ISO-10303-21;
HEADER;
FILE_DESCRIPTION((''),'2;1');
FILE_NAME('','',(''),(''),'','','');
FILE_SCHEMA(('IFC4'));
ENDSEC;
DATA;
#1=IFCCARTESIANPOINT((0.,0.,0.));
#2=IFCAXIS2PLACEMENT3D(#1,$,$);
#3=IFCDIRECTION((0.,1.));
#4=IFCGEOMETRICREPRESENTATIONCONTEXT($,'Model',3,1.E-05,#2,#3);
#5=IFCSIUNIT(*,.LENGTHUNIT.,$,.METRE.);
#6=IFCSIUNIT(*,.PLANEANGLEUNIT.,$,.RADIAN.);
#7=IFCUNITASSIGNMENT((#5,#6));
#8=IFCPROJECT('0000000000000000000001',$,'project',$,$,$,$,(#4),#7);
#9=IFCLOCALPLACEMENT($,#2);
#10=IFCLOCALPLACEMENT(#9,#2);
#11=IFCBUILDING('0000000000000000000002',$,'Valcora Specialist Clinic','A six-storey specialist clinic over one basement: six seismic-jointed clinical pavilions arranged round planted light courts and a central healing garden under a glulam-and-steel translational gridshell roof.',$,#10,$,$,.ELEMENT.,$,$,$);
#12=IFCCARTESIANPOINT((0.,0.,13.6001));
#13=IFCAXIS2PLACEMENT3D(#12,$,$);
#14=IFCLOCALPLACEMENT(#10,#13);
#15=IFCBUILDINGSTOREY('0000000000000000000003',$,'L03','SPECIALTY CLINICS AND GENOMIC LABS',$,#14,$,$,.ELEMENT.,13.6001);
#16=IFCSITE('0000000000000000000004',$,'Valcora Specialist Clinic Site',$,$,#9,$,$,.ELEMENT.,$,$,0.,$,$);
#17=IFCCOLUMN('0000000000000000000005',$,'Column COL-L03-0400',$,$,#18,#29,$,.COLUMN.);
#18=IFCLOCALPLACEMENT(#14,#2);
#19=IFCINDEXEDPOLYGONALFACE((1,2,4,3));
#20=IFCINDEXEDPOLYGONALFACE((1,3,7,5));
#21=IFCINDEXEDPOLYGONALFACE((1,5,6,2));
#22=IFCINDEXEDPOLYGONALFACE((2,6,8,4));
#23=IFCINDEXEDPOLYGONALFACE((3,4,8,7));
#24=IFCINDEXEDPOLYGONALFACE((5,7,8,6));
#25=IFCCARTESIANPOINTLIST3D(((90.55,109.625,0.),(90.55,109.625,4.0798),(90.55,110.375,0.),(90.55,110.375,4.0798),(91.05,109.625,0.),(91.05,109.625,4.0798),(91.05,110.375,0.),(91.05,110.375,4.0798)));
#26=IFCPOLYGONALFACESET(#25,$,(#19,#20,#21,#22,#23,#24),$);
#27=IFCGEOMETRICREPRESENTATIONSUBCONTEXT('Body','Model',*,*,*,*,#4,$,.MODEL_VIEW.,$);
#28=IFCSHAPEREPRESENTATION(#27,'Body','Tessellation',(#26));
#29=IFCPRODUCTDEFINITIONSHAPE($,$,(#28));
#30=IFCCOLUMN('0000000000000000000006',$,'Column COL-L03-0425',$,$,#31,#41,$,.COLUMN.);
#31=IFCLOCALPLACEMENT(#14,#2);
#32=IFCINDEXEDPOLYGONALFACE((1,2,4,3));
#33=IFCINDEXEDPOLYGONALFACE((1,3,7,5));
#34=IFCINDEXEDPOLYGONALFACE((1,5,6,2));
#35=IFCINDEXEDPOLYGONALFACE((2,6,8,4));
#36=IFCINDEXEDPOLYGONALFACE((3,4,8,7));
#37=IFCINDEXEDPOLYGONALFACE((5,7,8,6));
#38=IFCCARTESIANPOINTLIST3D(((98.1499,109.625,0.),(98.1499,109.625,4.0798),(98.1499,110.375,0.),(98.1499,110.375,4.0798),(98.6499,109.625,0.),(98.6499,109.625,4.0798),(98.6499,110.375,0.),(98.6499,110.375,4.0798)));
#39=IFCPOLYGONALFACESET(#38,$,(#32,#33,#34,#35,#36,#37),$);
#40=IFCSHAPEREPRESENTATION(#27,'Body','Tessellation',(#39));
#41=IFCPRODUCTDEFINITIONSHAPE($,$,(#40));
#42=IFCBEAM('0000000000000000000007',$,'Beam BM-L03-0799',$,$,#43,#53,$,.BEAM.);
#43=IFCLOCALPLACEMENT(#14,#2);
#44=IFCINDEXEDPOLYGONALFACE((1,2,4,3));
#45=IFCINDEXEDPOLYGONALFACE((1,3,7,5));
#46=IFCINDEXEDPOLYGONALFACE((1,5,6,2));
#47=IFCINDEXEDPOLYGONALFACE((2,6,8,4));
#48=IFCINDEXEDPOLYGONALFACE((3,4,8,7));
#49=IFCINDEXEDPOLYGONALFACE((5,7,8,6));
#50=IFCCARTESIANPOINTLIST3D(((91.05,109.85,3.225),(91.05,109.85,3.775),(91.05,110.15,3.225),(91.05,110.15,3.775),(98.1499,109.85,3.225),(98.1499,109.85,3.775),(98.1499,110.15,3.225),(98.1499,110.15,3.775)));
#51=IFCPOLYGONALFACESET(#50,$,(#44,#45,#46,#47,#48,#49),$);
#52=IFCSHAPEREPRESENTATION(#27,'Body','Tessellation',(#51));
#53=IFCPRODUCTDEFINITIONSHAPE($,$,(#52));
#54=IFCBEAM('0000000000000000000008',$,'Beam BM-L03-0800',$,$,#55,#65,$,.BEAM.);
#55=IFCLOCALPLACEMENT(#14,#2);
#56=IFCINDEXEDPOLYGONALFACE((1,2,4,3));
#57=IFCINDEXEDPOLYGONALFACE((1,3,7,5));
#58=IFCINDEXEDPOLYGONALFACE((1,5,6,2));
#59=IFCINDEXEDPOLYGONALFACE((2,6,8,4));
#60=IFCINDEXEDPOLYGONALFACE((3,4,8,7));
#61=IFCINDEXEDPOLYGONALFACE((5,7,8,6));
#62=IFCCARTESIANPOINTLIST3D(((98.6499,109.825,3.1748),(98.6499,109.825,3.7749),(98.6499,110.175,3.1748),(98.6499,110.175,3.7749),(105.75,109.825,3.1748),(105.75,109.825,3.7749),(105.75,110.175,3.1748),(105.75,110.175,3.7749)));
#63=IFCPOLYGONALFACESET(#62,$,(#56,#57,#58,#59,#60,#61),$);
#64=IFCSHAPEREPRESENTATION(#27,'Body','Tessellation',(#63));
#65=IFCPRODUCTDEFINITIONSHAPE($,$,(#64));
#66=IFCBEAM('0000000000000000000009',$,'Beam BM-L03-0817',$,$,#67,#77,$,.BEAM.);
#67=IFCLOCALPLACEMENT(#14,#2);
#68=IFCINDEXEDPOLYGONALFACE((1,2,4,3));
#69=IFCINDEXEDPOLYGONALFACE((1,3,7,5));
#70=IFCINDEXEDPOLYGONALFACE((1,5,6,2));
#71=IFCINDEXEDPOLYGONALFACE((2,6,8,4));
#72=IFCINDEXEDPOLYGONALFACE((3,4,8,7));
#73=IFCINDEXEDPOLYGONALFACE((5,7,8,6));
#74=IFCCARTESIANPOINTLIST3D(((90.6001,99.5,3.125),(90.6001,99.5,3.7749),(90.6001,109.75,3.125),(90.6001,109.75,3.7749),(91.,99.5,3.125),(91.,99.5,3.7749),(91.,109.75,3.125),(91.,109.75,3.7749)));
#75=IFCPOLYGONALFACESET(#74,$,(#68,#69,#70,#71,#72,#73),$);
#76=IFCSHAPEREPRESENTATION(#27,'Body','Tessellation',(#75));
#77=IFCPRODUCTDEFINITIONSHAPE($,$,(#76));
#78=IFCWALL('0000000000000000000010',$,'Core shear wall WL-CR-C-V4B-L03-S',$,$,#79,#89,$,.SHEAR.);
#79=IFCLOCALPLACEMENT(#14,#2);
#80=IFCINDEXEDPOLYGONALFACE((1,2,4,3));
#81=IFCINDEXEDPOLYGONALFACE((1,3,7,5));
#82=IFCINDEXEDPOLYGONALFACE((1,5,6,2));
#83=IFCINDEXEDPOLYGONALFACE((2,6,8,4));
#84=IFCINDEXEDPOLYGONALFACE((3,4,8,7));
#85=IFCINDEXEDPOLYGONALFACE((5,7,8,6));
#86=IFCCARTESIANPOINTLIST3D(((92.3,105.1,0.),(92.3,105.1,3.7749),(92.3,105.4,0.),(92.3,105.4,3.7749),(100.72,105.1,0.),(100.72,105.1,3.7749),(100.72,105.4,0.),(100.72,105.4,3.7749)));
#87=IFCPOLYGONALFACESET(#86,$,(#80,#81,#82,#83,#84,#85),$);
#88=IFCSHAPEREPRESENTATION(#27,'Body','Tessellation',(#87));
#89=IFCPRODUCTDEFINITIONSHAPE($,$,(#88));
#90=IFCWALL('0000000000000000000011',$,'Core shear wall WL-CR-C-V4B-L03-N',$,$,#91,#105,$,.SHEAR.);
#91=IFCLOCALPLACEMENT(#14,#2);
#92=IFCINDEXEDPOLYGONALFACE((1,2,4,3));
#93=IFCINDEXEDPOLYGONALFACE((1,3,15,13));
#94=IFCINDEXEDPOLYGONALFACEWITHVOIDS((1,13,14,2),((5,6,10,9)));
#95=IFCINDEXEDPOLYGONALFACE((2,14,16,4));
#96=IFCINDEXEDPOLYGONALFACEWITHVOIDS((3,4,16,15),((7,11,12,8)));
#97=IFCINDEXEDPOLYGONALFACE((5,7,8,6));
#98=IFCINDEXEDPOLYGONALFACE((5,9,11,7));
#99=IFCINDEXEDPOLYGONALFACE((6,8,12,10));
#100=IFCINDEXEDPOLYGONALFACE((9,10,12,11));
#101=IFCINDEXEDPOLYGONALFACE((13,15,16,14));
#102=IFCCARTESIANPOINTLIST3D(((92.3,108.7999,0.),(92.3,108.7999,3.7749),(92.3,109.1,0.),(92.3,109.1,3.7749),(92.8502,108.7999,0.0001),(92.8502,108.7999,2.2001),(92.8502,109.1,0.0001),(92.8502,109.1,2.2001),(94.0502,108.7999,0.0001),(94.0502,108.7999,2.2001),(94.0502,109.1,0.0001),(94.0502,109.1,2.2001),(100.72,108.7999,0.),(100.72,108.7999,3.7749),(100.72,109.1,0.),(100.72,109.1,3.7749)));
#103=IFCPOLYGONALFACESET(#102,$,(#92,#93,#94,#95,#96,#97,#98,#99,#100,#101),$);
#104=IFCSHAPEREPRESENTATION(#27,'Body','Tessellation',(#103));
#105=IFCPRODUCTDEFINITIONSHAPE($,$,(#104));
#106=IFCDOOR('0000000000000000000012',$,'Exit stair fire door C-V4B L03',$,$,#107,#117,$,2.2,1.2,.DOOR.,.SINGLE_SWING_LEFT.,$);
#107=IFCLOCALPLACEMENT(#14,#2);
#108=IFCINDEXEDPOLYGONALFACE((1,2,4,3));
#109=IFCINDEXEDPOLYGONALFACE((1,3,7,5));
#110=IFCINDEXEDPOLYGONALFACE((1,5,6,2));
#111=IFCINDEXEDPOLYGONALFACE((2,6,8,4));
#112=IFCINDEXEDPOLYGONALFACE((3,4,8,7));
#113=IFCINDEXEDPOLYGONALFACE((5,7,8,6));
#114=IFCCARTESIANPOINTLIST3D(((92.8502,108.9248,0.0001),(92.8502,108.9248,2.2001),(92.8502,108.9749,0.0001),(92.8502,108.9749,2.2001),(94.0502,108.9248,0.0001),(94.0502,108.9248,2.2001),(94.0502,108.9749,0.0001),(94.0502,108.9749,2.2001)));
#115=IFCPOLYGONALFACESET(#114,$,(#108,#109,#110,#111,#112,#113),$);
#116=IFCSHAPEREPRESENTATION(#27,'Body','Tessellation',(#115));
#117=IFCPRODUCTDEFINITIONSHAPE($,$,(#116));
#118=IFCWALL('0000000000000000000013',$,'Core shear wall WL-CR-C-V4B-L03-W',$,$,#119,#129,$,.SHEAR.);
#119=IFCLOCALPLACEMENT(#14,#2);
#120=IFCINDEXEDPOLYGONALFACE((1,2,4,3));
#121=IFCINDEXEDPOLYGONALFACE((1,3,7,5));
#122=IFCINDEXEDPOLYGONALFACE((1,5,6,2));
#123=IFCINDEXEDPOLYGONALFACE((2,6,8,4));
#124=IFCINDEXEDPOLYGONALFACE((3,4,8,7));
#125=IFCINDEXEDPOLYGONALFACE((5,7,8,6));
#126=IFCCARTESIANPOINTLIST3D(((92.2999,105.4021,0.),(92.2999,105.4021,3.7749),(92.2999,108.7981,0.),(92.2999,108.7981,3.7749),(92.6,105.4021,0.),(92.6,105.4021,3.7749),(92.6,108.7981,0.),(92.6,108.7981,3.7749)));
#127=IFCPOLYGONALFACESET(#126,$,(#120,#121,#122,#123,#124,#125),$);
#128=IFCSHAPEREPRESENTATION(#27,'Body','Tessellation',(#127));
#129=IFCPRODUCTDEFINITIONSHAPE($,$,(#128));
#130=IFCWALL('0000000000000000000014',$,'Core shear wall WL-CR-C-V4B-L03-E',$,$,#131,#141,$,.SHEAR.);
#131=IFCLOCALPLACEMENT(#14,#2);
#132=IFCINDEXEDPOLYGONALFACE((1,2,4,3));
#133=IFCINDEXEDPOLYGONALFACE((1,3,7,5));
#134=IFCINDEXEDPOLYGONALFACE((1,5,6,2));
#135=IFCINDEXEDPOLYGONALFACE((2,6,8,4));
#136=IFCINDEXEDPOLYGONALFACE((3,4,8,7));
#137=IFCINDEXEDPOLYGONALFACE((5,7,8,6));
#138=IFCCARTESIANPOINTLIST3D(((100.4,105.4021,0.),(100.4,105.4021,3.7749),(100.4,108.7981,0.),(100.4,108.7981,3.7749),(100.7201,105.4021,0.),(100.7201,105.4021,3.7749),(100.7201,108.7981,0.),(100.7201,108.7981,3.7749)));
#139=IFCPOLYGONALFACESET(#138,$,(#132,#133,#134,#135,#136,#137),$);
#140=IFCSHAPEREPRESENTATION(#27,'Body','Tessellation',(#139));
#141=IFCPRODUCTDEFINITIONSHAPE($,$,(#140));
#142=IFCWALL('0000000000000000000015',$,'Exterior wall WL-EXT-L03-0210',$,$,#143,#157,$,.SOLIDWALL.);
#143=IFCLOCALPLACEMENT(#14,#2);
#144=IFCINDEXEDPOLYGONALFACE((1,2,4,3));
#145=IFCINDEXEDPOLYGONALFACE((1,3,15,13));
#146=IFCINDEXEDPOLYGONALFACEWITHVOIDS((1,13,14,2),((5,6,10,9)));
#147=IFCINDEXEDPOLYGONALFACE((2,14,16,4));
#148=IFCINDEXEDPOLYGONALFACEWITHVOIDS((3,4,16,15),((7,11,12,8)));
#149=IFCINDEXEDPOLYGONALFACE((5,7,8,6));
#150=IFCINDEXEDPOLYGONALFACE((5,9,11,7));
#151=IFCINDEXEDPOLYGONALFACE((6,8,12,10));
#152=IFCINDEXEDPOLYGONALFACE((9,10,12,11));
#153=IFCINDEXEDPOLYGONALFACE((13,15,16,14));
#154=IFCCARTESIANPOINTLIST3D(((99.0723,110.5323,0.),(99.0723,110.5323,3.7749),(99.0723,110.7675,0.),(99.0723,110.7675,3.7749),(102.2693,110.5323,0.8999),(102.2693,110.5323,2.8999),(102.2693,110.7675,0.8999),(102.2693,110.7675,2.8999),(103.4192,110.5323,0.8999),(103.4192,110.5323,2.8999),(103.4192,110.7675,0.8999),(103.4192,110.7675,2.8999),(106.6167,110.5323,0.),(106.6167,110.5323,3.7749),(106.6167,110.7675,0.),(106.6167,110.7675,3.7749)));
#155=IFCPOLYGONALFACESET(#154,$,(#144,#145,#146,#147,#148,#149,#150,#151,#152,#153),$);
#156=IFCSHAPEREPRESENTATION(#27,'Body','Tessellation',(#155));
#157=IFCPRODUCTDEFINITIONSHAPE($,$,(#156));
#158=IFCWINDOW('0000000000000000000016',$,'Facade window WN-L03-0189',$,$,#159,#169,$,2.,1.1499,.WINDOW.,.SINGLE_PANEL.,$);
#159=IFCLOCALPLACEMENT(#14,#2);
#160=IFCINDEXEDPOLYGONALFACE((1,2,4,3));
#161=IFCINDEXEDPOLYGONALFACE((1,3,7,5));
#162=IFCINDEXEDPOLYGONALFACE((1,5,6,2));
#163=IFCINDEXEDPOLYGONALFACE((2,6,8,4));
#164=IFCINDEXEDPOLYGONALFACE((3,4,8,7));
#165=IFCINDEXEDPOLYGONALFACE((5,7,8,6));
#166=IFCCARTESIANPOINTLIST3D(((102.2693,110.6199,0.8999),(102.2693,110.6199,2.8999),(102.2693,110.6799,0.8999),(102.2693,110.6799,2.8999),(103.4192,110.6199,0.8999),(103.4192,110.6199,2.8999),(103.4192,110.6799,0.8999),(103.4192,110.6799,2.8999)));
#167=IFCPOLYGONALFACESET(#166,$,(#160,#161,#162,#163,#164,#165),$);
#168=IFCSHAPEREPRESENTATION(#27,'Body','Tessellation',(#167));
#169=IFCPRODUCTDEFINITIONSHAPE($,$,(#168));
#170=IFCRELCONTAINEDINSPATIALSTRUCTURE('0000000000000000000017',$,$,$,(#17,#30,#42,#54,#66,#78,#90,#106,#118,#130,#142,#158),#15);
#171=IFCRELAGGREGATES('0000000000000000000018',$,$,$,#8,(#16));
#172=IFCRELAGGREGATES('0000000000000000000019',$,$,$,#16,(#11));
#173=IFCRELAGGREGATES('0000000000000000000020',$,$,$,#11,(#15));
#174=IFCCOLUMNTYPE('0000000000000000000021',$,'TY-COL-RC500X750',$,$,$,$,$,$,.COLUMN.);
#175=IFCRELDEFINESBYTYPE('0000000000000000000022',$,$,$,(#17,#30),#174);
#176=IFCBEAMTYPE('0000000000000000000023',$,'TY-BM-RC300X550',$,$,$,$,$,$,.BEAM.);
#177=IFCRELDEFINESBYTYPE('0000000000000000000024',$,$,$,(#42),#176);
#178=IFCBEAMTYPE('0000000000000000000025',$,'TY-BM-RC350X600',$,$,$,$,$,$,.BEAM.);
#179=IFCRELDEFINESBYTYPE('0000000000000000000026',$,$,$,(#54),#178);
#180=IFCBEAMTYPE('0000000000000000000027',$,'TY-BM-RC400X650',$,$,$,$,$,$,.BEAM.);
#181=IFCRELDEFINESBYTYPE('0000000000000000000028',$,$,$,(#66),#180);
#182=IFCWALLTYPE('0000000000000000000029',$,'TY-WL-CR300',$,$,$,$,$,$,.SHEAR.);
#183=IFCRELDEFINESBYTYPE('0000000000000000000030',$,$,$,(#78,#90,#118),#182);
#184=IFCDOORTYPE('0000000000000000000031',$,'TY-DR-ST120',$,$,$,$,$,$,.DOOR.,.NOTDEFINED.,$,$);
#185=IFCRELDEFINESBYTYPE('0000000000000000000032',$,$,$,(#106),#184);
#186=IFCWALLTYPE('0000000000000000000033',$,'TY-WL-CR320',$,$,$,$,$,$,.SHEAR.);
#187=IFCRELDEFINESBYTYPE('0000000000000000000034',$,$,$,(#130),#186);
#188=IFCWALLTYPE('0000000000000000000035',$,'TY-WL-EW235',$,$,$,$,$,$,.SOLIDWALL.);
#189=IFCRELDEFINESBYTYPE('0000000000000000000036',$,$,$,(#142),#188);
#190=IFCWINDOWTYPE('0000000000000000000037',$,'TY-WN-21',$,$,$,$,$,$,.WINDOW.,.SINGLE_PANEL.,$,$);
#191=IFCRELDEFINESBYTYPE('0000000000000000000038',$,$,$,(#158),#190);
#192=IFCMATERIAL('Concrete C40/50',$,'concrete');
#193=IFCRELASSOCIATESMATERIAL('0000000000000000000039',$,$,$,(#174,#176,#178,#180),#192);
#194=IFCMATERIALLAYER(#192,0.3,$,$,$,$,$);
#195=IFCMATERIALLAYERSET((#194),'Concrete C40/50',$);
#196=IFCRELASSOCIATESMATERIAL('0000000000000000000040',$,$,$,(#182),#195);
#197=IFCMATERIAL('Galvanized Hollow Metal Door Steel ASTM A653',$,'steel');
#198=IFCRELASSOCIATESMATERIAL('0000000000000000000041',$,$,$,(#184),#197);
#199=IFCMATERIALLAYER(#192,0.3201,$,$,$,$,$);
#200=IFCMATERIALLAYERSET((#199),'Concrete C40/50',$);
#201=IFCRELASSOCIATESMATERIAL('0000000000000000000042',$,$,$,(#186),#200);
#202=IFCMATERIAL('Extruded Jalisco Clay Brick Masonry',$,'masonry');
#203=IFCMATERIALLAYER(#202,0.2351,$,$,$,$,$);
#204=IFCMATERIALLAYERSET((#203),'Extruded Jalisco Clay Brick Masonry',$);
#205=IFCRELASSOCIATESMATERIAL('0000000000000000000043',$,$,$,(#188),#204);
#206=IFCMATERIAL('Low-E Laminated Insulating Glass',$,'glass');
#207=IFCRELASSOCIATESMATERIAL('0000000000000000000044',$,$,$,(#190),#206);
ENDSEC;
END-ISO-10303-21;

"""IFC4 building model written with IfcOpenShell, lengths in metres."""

from ifc_helpers import new_model, si_unit, direction, frame, frame_2d, origin, origin_2d, place, context, subcontext, project, spatial, rectangle, extrude, material, layer, layer_set, material_profile, profile_set, type_object, element, fill, save


model = new_model("IFC4")

# Units and contexts
model_context = context("Model", 3, precision=1e-05, world=origin(), true_north=direction((0.0, 1.0)))
body_context = subcontext(model_context, "Body", "Model", "MODEL_VIEW")
ifc_project = project(units=[si_unit("LENGTHUNIT", "METRE"), si_unit("PLANEANGLEUNIT", "RADIAN")], contexts=[model_context])

# Site, building, storey
site_placement = place(None, origin())
site = spatial("IfcSite", under=ifc_project, at=site_placement, Name="Valcora Specialist Clinic Site", CompositionType="ELEMENT", RefElevation=0.0)
building_placement = place(site_placement, origin())
building = spatial("IfcBuilding", under=site, at=building_placement, Name="Valcora Specialist Clinic", Description="A six-storey specialist clinic over one basement: six seismic-jointed clinical pavilions arranged round planted light courts and a central healing garden under a glulam-and-steel translational gridshell roof.", CompositionType="ELEMENT")
storey_placement = place(building_placement, frame((0.0, 0.0, 13.6001)))
storey = spatial("IfcBuildingStorey", under=building, at=storey_placement, Name="L03", Description="SPECIALTY CLINICS AND GENOMIC LABS", CompositionType="ELEMENT", Elevation=13.6001)

# Columns
ifc_material_1 = material(Name="Concrete C40/50", Category="concrete")
ifc_material_profile_1 = material_profile(ifc_material_1, rectangle(XDim=0.5, YDim=0.75, at=origin_2d()), Name="RC-COL-500X750")
ifc_profile_set_1 = profile_set([ifc_material_profile_1], Name="Concrete C40/50")
column_type = type_object("IfcColumnType", Name="TY-COL-RC500X750", PredefinedType="COLUMN", material=ifc_profile_set_1)
for number, where, z_axis, x_axis, name in (
    (1, (90.8, 110.0, 0.0), (0.0, 0.0, 1.0), (1.0, 0.0, 0.0), "Column COL-L03-0400"),
    (2, (98.3999, 110.0, 0.0), (0.0, 0.0, 1.0), (1.0, 0.0, 0.0), "Column COL-L03-0425"),
):
    element("IfcColumn", number, at=place(storey_placement, frame(where, z_axis=z_axis, x_axis=x_axis)), inside=storey, type_object=column_type, Name=name, PredefinedType="COLUMN", context=body_context, shape_type="SweptSolid", body=[
        extrude(rectangle(XDim=0.5, YDim=0.75, at=origin_2d()), origin(), (0.0, 0.0, 1.0), 4.0798),
    ])

# Beams
ifc_material_profile_2 = material_profile(ifc_material_1, rectangle(XDim=0.3, YDim=0.55, at=origin_2d()), Name="RC-BM-300X550")
ifc_profile_set_2 = profile_set([ifc_material_profile_2], Name="Concrete C40/50")
beam_type_1 = type_object("IfcBeamType", Name="TY-BM-RC300X550", PredefinedType="BEAM", material=ifc_profile_set_2)
beam_1_placement = place(storey_placement, frame((91.05, 110.0, 3.5), z_axis=(1.0, 0.0, 0.0), x_axis=(0.0, 1.0, 0.0)))
element("IfcBeam", 3, at=beam_1_placement, inside=storey, type_object=beam_type_1, Name="Beam BM-L03-0799", PredefinedType="BEAM", context=body_context, shape_type="SweptSolid", body=[
    extrude(rectangle(XDim=0.3, YDim=0.55, at=origin_2d()), origin(), (0.0, 0.0, 1.0), 7.0999),
])
ifc_material_profile_3 = material_profile(ifc_material_1, rectangle(XDim=0.3501, YDim=0.6001, at=origin_2d()), Name="RC-BM-350X600")
ifc_profile_set_3 = profile_set([ifc_material_profile_3], Name="Concrete C40/50")
beam_type_2 = type_object("IfcBeamType", Name="TY-BM-RC350X600", PredefinedType="BEAM", material=ifc_profile_set_3)
beam_2_placement = place(storey_placement, frame((98.6499, 110.0, 3.4749), z_axis=(1.0, 0.0, 0.0), x_axis=(0.0, 1.0, 0.0)))
element("IfcBeam", 4, at=beam_2_placement, inside=storey, type_object=beam_type_2, Name="Beam BM-L03-0800", PredefinedType="BEAM", context=body_context, shape_type="SweptSolid", body=[
    extrude(rectangle(XDim=0.3501, YDim=0.6001, at=origin_2d()), origin(), (0.0, 0.0, 1.0), 7.1001),
])
ifc_material_profile_4 = material_profile(ifc_material_1, rectangle(XDim=0.3999, YDim=0.6499, at=origin_2d()), Name="RC-BM-400X650")
ifc_profile_set_4 = profile_set([ifc_material_profile_4], Name="Concrete C40/50")
beam_type_3 = type_object("IfcBeamType", Name="TY-BM-RC400X650", PredefinedType="BEAM", material=ifc_profile_set_4)
beam_3_placement = place(storey_placement, frame((90.8, 99.5, 3.45), z_axis=(0.0, 1.0, 0.0), x_axis=(-1.0, 0.0, 0.0)))
element("IfcBeam", 5, at=beam_3_placement, inside=storey, type_object=beam_type_3, Name="Beam BM-L03-0817", PredefinedType="BEAM", context=body_context, shape_type="SweptSolid", body=[
    extrude(rectangle(XDim=0.3999, YDim=0.6499, at=origin_2d()), origin(), (0.0, 0.0, 1.0), 10.25),
])

# Wall
ifc_layer_1 = layer(ifc_material_1, 0.3)
ifc_layer_set_1 = layer_set([ifc_layer_1], Name="Concrete C40/50")
wall_type_1 = type_object("IfcWallType", Name="TY-WL-CR300", PredefinedType="SHEAR", material=ifc_layer_set_1)
wall_1_placement = place(storey_placement, frame((92.3, 105.25, 0.0), z_axis=(0.0, 0.0, 1.0), x_axis=(1.0, 0.0, 0.0)))
element("IfcWall", 6, at=wall_1_placement, inside=storey, type_object=wall_type_1, Name="Core shear wall WL-CR-C-V4B-L03-S", PredefinedType="SHEAR", context=body_context, shape_type="SweptSolid", body=[
    extrude(rectangle(XDim=8.4199, YDim=0.3, at=frame_2d((4.21, 0.0))), origin(), (0.0, 0.0, 1.0), 3.7749),
])

# Wall, opening, door
wall_2_placement = place(storey_placement, frame((92.3, 108.95, 0.0), z_axis=(0.0, 0.0, 1.0), x_axis=(1.0, 0.0, 0.0)))
wall_2 = element("IfcWall", 7, at=wall_2_placement, inside=storey, type_object=wall_type_1, Name="Core shear wall WL-CR-C-V4B-L03-N", PredefinedType="SHEAR", context=body_context, shape_type="SweptSolid", body=[
    extrude(rectangle(XDim=8.4199, YDim=0.3, at=frame_2d((4.21, 0.0))), origin(), (0.0, 0.0, 1.0), 3.7749),
])
opening_1_placement = place(wall_2_placement, frame((0.55, 0.0, 0.0)))
opening_1 = element("IfcOpeningElement", 8, at=opening_1_placement, cuts=wall_2, PredefinedType="OPENING", context=body_context, shape_type="SweptSolid", body=[
    extrude(rectangle(XDim=1.2, YDim=2.2, at=frame_2d((0.6001, 1.1001))), frame((0.0, 0.1599, 0.0), z_axis=(0.0, -1.0, 0.0), x_axis=(1.0, 0.0, 0.0)), (0.0, 0.0, 1.0), 0.3201),
])
ifc_material_2 = material(Name="Galvanized Hollow Metal Door Steel ASTM A653", Category="steel")
door_type_1 = type_object("IfcDoorType", Name="TY-DR-ST120", OperationType="NOTDEFINED", PredefinedType="DOOR", material=ifc_material_2)
door_1_placement = place(opening_1_placement, origin())
door_1 = element("IfcDoor", 9, at=door_1_placement, inside=storey, type_object=door_type_1, Name="Exit stair fire door C-V4B L03", OperationType="SINGLE_SWING_LEFT", OverallHeight=2.2, OverallWidth=1.2, PredefinedType="DOOR", context=body_context, shape_type="SweptSolid", body=[
    extrude(rectangle(XDim=1.2, YDim=2.2, at=frame_2d((0.6001, 1.1001))), frame((0.0, 0.0249, 0.0), z_axis=(0.0, -1.0, 0.0), x_axis=(1.0, 0.0, 0.0)), (0.0, 0.0, 1.0), 0.05),
])
fill(opening_1, door_1)

# Walls
wall_3_placement = place(storey_placement, frame((92.45, 105.4021, 0.0), z_axis=(0.0, 0.0, 1.0), x_axis=(0.0, 1.0, 0.0)))
element("IfcWall", 10, at=wall_3_placement, inside=storey, type_object=wall_type_1, Name="Core shear wall WL-CR-C-V4B-L03-W", PredefinedType="SHEAR", context=body_context, shape_type="SweptSolid", body=[
    extrude(rectangle(XDim=3.396, YDim=0.3, at=frame_2d((1.698, 0.0))), origin(), (0.0, 0.0, 1.0), 3.7749),
])
ifc_layer_2 = layer(ifc_material_1, 0.3201)
ifc_layer_set_2 = layer_set([ifc_layer_2], Name="Concrete C40/50")
wall_type_2 = type_object("IfcWallType", Name="TY-WL-CR320", PredefinedType="SHEAR", material=ifc_layer_set_2)
wall_4_placement = place(storey_placement, frame((100.5601, 105.4021, 0.0), z_axis=(0.0, 0.0, 1.0), x_axis=(0.0, 1.0, 0.0)))
element("IfcWall", 11, at=wall_4_placement, inside=storey, type_object=wall_type_2, Name="Core shear wall WL-CR-C-V4B-L03-E", PredefinedType="SHEAR", context=body_context, shape_type="SweptSolid", body=[
    extrude(rectangle(XDim=3.396, YDim=0.3201, at=frame_2d((1.698, 0.0))), origin(), (0.0, 0.0, 1.0), 3.7749),
])

# Wall, opening, window
ifc_material_3 = material(Name="Extruded Jalisco Clay Brick Masonry", Category="masonry")
ifc_layer_3 = layer(ifc_material_3, 0.2351)
ifc_layer_set_3 = layer_set([ifc_layer_3], Name="Extruded Jalisco Clay Brick Masonry")
wall_type_3 = type_object("IfcWallType", Name="TY-WL-EW235", PredefinedType="SOLIDWALL", material=ifc_layer_set_3)
wall_5_placement = place(storey_placement, frame((99.0723, 110.6499, 0.0), z_axis=(0.0, 0.0, 1.0), x_axis=(1.0, 0.0, 0.0)))
wall_5 = element("IfcWall", 12, at=wall_5_placement, inside=storey, type_object=wall_type_3, Name="Exterior wall WL-EXT-L03-0210", PredefinedType="SOLIDWALL", context=body_context, shape_type="SweptSolid", body=[
    extrude(rectangle(XDim=7.5444, YDim=0.2351, at=frame_2d((3.7722, 0.0))), origin(), (0.0, 0.0, 1.0), 3.7749),
])
opening_2_placement = place(wall_5_placement, frame((3.197, 0.0, 0.8999)))
opening_2 = element("IfcOpeningElement", 13, at=opening_2_placement, cuts=wall_5, PredefinedType="OPENING", context=body_context, shape_type="SweptSolid", body=[
    extrude(rectangle(XDim=1.1499, YDim=2.0, at=frame_2d((0.575, 1.0))), frame((0.0, 0.1274, 0.0), z_axis=(0.0, -1.0, 0.0), x_axis=(1.0, 0.0, 0.0)), (0.0, 0.0, 1.0), 0.2551),
])
ifc_material_4 = material(Name="Low-E Laminated Insulating Glass", Category="glass")
window_type_1 = type_object("IfcWindowType", Name="TY-WN-21", PartitioningType="SINGLE_PANEL", PredefinedType="WINDOW", material=ifc_material_4)
window_1_placement = place(opening_2_placement, origin())
window_1 = element("IfcWindow", 14, at=window_1_placement, inside=storey, type_object=window_type_1, Name="Facade window WN-L03-0189", OverallHeight=2.0, OverallWidth=1.1499, PartitioningType="SINGLE_PANEL", PredefinedType="WINDOW", context=body_context, shape_type="SweptSolid", body=[
    extrude(rectangle(XDim=1.1499, YDim=2.0, at=frame_2d((0.575, 1.0))), frame((0.0, 0.03, 0.0), z_axis=(0.0, -1.0, 0.0), x_axis=(1.0, 0.0, 0.0)), (0.0, 0.0, 1.0), 0.0601),
])
fill(opening_2, window_1)

save(model, "model.ifc")
